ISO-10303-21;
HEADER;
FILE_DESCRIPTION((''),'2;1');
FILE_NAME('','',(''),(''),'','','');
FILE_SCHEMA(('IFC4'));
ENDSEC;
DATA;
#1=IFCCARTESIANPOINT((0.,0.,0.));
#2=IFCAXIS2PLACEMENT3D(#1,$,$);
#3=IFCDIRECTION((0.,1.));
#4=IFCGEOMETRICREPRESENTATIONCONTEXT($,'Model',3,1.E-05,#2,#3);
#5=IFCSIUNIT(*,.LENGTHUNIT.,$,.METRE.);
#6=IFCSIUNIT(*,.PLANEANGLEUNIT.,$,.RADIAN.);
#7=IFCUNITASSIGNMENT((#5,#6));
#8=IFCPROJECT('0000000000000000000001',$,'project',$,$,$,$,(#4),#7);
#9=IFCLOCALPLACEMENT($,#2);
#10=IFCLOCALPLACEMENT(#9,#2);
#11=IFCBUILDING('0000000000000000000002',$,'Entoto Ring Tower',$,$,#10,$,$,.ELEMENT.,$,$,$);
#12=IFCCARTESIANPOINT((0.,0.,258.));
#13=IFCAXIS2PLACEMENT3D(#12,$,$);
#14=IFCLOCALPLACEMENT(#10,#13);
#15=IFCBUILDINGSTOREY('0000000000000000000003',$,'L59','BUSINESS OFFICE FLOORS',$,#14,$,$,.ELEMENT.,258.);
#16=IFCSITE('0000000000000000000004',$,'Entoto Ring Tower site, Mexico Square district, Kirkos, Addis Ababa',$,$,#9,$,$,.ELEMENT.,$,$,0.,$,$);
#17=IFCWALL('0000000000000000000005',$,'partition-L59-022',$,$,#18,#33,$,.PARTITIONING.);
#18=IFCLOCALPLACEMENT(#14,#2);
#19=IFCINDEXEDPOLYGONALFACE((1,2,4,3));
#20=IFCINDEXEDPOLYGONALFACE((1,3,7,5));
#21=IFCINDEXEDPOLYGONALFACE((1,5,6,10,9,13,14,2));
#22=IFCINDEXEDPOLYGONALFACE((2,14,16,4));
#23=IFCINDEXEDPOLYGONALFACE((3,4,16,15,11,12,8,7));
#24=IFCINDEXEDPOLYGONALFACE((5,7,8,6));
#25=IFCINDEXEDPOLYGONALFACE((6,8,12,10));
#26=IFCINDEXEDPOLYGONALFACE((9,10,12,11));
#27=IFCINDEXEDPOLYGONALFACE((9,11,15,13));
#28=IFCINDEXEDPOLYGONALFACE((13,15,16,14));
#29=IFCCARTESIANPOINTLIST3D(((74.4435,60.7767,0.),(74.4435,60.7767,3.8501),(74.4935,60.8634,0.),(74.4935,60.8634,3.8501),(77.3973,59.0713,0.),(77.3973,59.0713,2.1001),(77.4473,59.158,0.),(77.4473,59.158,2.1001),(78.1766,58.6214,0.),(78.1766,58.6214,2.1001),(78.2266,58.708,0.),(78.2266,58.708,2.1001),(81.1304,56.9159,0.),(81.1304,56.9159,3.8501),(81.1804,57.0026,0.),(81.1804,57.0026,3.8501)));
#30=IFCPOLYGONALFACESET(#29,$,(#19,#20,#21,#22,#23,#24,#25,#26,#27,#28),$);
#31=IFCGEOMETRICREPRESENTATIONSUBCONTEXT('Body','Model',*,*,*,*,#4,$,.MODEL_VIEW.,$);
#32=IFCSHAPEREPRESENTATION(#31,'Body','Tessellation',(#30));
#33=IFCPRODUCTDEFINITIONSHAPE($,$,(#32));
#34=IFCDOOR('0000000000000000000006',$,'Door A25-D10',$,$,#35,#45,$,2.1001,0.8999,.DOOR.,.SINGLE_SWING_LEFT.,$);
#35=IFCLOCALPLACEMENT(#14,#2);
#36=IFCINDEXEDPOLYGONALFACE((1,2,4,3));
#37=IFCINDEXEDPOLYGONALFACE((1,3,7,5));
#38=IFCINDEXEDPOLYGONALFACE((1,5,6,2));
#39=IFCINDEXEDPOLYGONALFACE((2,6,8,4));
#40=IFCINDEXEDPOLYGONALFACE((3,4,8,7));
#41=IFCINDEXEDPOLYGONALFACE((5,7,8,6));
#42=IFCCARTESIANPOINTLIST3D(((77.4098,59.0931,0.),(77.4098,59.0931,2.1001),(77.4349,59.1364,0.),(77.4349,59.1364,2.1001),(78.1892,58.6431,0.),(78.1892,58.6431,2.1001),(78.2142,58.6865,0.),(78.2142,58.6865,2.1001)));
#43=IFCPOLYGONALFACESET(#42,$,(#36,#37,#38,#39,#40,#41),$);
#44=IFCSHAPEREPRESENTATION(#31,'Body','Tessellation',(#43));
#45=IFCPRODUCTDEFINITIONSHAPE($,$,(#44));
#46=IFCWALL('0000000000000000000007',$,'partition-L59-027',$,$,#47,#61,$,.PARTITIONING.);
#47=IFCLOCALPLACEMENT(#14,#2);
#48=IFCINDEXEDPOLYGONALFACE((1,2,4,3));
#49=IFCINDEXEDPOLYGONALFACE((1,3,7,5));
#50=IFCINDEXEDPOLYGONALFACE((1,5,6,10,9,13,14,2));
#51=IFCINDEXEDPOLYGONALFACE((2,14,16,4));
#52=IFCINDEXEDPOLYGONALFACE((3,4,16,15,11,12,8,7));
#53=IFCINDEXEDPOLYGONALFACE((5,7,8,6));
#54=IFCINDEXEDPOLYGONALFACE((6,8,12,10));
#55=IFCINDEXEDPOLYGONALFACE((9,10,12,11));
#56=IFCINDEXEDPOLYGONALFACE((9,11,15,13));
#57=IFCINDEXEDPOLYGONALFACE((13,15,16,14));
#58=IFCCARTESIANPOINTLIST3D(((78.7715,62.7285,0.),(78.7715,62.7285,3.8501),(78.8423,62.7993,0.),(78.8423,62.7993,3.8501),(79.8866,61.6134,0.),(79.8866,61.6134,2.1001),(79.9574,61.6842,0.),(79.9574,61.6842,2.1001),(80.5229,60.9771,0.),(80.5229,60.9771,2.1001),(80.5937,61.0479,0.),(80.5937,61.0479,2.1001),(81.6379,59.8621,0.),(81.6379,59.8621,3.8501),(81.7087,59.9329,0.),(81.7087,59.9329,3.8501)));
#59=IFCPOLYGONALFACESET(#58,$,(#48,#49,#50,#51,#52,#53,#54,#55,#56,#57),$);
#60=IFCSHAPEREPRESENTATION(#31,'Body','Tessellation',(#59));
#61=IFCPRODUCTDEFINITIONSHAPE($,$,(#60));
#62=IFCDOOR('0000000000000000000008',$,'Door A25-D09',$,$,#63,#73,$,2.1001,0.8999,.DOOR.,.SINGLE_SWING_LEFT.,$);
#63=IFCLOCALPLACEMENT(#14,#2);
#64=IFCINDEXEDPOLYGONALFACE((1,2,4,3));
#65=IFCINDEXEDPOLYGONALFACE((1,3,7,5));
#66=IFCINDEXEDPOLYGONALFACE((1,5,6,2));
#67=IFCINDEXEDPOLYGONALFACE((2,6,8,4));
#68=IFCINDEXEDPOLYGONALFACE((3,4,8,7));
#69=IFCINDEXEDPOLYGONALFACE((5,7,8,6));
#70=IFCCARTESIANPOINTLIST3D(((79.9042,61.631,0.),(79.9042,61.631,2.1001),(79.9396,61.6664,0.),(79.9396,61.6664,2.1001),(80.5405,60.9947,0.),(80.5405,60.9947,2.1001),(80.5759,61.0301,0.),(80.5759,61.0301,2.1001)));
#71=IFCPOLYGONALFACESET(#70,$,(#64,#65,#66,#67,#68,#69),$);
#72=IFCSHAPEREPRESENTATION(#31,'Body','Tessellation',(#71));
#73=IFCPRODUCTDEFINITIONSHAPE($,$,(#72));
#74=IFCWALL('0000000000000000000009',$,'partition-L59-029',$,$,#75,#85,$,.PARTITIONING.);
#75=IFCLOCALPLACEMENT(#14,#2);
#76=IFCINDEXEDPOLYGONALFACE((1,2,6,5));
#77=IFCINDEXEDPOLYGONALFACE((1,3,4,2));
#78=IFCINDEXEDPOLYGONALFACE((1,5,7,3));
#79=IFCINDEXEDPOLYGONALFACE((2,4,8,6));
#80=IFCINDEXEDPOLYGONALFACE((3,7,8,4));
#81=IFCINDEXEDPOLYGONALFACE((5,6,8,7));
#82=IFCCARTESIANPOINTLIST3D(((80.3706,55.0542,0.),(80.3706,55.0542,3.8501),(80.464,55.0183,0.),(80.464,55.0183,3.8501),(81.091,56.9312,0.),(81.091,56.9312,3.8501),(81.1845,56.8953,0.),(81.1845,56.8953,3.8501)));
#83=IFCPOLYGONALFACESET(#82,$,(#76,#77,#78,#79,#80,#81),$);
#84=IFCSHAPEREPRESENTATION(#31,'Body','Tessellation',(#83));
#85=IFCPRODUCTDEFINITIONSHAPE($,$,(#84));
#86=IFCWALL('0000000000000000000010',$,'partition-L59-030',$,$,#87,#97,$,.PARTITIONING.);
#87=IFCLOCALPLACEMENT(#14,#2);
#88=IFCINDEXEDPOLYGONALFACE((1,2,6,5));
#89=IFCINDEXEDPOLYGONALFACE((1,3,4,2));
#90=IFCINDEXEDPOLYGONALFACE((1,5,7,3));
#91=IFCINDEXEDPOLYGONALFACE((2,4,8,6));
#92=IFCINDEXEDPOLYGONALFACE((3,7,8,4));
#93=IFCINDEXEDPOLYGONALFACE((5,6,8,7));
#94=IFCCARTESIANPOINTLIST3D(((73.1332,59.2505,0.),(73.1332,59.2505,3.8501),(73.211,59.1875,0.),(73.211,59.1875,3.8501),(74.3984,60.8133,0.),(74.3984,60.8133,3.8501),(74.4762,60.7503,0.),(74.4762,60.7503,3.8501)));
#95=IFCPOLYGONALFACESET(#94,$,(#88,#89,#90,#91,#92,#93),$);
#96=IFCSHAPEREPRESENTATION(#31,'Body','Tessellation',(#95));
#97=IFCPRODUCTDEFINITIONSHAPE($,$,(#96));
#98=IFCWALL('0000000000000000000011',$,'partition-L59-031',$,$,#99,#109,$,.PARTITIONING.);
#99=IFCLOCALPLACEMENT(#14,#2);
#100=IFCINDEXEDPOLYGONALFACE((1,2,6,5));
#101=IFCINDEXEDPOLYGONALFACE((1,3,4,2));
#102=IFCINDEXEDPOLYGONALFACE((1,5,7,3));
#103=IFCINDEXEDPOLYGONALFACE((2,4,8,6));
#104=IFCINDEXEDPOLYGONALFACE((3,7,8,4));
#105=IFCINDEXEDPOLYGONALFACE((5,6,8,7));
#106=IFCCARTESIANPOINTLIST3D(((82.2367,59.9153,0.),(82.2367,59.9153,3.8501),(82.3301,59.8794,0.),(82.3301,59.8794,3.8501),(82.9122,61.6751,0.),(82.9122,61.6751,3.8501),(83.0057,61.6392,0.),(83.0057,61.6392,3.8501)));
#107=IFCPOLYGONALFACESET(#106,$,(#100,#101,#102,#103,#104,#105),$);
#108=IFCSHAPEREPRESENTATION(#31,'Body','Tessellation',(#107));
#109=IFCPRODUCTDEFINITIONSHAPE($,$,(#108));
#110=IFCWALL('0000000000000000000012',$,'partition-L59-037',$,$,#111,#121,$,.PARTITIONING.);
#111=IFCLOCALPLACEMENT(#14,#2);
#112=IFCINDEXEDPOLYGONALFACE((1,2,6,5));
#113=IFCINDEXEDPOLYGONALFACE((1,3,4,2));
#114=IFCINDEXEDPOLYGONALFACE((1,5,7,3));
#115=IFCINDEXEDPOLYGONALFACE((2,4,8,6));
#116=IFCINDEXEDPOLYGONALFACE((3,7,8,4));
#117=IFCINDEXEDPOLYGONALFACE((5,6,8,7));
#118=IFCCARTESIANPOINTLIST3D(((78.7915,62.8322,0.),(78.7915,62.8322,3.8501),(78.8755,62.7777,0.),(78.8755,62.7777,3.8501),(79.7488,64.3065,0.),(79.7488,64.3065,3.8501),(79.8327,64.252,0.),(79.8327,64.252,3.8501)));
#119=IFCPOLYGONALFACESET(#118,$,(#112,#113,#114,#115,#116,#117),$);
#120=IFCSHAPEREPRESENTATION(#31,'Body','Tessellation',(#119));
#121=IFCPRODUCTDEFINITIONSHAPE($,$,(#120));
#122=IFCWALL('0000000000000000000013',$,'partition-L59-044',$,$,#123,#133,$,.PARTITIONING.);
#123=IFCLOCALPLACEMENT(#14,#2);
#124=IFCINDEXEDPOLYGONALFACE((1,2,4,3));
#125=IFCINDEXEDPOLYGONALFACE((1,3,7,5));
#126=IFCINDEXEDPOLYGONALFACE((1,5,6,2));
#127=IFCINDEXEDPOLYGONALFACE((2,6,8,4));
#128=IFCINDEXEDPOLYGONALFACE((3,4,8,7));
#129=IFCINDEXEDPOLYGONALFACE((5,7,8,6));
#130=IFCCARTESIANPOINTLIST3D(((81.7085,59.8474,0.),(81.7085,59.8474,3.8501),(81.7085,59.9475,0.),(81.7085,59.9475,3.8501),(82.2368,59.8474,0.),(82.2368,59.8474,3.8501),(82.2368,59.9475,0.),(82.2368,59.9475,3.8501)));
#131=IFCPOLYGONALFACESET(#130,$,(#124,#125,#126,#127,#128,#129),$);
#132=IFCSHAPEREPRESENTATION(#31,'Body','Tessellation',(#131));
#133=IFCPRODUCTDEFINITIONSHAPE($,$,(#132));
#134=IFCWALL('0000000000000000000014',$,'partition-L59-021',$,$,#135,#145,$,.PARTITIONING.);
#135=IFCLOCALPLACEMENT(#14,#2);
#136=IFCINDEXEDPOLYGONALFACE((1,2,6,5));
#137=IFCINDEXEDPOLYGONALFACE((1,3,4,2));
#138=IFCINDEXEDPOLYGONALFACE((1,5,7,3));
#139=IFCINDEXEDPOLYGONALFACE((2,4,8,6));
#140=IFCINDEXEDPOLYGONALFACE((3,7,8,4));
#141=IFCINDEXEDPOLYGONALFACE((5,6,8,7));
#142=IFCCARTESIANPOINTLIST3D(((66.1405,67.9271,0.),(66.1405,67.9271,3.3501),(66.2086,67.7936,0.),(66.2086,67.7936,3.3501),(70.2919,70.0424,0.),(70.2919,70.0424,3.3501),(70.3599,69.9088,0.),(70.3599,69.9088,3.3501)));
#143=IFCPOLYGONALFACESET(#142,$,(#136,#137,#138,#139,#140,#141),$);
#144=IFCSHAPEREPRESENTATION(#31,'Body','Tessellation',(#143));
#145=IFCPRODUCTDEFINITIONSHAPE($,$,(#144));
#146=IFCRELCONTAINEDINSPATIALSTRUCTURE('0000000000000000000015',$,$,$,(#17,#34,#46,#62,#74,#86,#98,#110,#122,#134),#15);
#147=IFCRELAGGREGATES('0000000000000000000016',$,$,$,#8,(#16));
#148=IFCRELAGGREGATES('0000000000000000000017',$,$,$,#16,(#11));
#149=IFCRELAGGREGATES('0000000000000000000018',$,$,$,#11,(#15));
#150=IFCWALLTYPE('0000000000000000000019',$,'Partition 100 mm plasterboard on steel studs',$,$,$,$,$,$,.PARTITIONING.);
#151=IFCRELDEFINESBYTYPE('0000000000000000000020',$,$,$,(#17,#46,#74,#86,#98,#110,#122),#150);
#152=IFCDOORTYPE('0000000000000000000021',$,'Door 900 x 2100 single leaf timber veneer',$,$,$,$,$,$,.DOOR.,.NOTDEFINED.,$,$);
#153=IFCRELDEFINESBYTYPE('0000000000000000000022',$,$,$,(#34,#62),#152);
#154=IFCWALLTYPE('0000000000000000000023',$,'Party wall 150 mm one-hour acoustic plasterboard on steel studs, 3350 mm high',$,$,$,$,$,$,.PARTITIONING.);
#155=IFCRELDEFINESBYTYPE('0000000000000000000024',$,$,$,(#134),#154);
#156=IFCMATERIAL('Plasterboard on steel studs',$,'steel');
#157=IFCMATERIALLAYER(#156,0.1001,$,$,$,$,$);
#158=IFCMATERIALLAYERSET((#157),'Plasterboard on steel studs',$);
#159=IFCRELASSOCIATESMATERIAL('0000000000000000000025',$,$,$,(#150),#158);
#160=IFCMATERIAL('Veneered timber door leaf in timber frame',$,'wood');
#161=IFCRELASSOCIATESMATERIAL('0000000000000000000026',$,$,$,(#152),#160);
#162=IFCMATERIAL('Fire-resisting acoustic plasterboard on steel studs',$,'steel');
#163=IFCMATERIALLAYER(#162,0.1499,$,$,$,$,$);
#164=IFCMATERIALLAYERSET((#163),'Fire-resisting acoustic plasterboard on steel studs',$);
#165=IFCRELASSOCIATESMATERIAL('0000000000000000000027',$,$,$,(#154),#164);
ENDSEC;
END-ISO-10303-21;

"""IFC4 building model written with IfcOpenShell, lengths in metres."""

from ifc_helpers import new_model, si_unit, direction, frame, frame_2d, origin, place, context, subcontext, project, spatial, rectangle, extrude, material, layer, layer_set, type_object, element, fill, save


model = new_model("IFC4")

# Units and contexts
model_context = context("Model", 3, precision=1e-05, world=origin(), true_north=direction((0.0, 1.0)))
body_context = subcontext(model_context, "Body", "Model", "MODEL_VIEW")
ifc_project = project(units=[si_unit("LENGTHUNIT", "METRE"), si_unit("PLANEANGLEUNIT", "RADIAN")], contexts=[model_context])

# Site, building, storey
site_placement = place(None, origin())
site = spatial("IfcSite", under=ifc_project, at=site_placement, Name="Entoto Ring Tower site, Mexico Square district, Kirkos, Addis Ababa", CompositionType="ELEMENT", RefElevation=0.0)
building_placement = place(site_placement, origin())
building = spatial("IfcBuilding", under=site, at=building_placement, Name="Entoto Ring Tower", CompositionType="ELEMENT")
storey_placement = place(building_placement, frame((0.0, 0.0, 258.0)))
storey = spatial("IfcBuildingStorey", under=building, at=storey_placement, Name="L59", Description="BUSINESS OFFICE FLOORS", CompositionType="ELEMENT", Elevation=258.0)

# Walls, openings, doors
ifc_material_1 = material(Name="Plasterboard on steel studs", Category="steel")
ifc_layer_1 = layer(ifc_material_1, 0.1001)
ifc_layer_set_1 = layer_set([ifc_layer_1], Name="Plasterboard on steel studs")
wall_type_1 = type_object("IfcWallType", Name="Partition 100 mm plasterboard on steel studs", PredefinedType="PARTITIONING", material=ifc_layer_set_1)
wall_1_placement = place(storey_placement, frame((81.1555, 56.9592, 0.0), z_axis=(0.0, 0.0, 1.0), x_axis=(-0.86602, 0.500009, 0.0)))
wall_1 = element("IfcWall", 1, at=wall_1_placement, inside=storey, type_object=wall_type_1, Name="partition-L59-022", PredefinedType="PARTITIONING", context=body_context, shape_type="SweptSolid", body=[
    extrude(rectangle(XDim=7.7214, YDim=0.1001, at=frame_2d((3.8608, 0.0))), origin(), (0.0, 0.0, 1.0), 3.8501),
])
opening_1_placement = place(wall_1_placement, frame((3.4109, 0.0, 0.0)))
opening_1 = element("IfcOpeningElement", 2, at=opening_1_placement, cuts=wall_1, PredefinedType="OPENING", context=body_context, shape_type="SweptSolid", body=[
    extrude(rectangle(XDim=0.8999, YDim=2.1001, at=frame_2d((0.45, 1.05))), frame((0.0, 0.0601, 0.0), z_axis=(0.0, -1.0, 0.0), x_axis=(1.0, 0.0, 0.0)), (0.0, 0.0, 1.0), 0.1201),
])
ifc_material_2 = material(Name="Veneered timber door leaf in timber frame", Category="wood")
door_type_1 = type_object("IfcDoorType", Name="Door 900 x 2100 single leaf timber veneer", OperationType="NOTDEFINED", PredefinedType="DOOR", material=ifc_material_2)
door_1_placement = place(opening_1_placement, origin())
door_1 = element("IfcDoor", 3, at=door_1_placement, inside=storey, type_object=door_type_1, Name="Door A25-D10", OperationType="SINGLE_SWING_LEFT", OverallHeight=2.1001, OverallWidth=0.8999, PredefinedType="DOOR", context=body_context, shape_type="SweptSolid", body=[
    extrude(rectangle(XDim=0.8999, YDim=2.1001, at=frame_2d((0.45, 1.05))), frame((0.0, 0.0249, 0.0), z_axis=(0.0, -1.0, 0.0), x_axis=(1.0, 0.0, 0.0)), (0.0, 0.0, 1.0), 0.05),
])
fill(opening_1, door_1)
wall_2_placement = place(storey_placement, frame((81.6733, 59.8975, 0.0), z_axis=(0.0, 0.0, 1.0), x_axis=(-0.707107, 0.707107, 0.0)))
wall_2 = element("IfcWall", 4, at=wall_2_placement, inside=storey, type_object=wall_type_1, Name="partition-L59-027", PredefinedType="PARTITIONING", context=body_context, shape_type="SweptSolid", body=[
    extrude(rectangle(XDim=4.0537, YDim=0.1001, at=frame_2d((2.0269, 0.0))), origin(), (0.0, 0.0, 1.0), 3.8501),
])
opening_2_placement = place(wall_2_placement, frame((1.5769, 0.0, 0.0)))
opening_2 = element("IfcOpeningElement", 5, at=opening_2_placement, cuts=wall_2, PredefinedType="OPENING", context=body_context, shape_type="SweptSolid", body=[
    extrude(rectangle(XDim=0.8999, YDim=2.1001, at=frame_2d((0.45, 1.05))), frame((0.0, 0.0601, 0.0), z_axis=(0.0, -1.0, 0.0), x_axis=(1.0, 0.0, 0.0)), (0.0, 0.0, 1.0), 0.1201),
])
door_2_placement = place(opening_2_placement, frame((0.8999, 0.0, 0.0), z_axis=(0.0, 0.0, 1.0), x_axis=(-1.0, 0.0, 0.0)))
door_2 = element("IfcDoor", 6, at=door_2_placement, inside=storey, type_object=door_type_1, Name="Door A25-D09", OperationType="SINGLE_SWING_LEFT", OverallHeight=2.1001, OverallWidth=0.8999, PredefinedType="DOOR", context=body_context, shape_type="SweptSolid", body=[
    extrude(rectangle(XDim=0.8999, YDim=2.1001, at=frame_2d((0.45, 1.05))), frame((0.0, 0.0249, 0.0), z_axis=(0.0, -1.0, 0.0), x_axis=(1.0, 0.0, 0.0)), (0.0, 0.0, 1.0), 0.05),
])
fill(opening_2, door_2)

# Walls
wall_3_placement = place(storey_placement, frame((80.4172, 55.0361, 0.0), z_axis=(0.0, 0.0, 1.0), x_axis=(0.358352, 0.933586, 0.0)))
element("IfcWall", 7, at=wall_3_placement, inside=storey, type_object=wall_type_1, Name="partition-L59-029", PredefinedType="PARTITIONING", context=body_context, shape_type="SweptSolid", body=[
    extrude(rectangle(XDim=2.0105, YDim=0.1001, at=frame_2d((1.0054, 0.0))), origin(), (0.0, 0.0, 1.0), 3.8501),
])
wall_4_placement = place(storey_placement, frame((73.1721, 59.219, 0.0), z_axis=(0.0, 0.0, 1.0), x_axis=(0.629216, 0.777231, 0.0)))
element("IfcWall", 8, at=wall_4_placement, inside=storey, type_object=wall_type_1, Name="partition-L59-030", PredefinedType="PARTITIONING", context=body_context, shape_type="SweptSolid", body=[
    extrude(rectangle(XDim=2.0107, YDim=0.1001, at=frame_2d((1.0054, 0.0))), origin(), (0.0, 0.0, 1.0), 3.8501),
])
wall_5_placement = place(storey_placement, frame((82.2834, 59.8975, 0.0), z_axis=(0.0, 0.0, 1.0), x_axis=(0.35838, 0.933576, 0.0)))
element("IfcWall", 9, at=wall_5_placement, inside=storey, type_object=wall_type_1, Name="partition-L59-031", PredefinedType="PARTITIONING", context=body_context, shape_type="SweptSolid", body=[
    extrude(rectangle(XDim=1.885, YDim=0.1001, at=frame_2d((0.9424, 0.0))), origin(), (0.0, 0.0, 1.0), 3.8501),
])
wall_6_placement = place(storey_placement, frame((78.8335, 62.8049, 0.0), z_axis=(0.0, 0.0, 1.0), x_axis=(0.544564, 0.83872, 0.0)))
element("IfcWall", 10, at=wall_6_placement, inside=storey, type_object=wall_type_1, Name="partition-L59-037", PredefinedType="PARTITIONING", context=body_context, shape_type="SweptSolid", body=[
    extrude(rectangle(XDim=1.7578, YDim=0.1001, at=frame_2d((0.8789, 0.0))), origin(), (0.0, 0.0, 1.0), 3.8501),
])
wall_7_placement = place(storey_placement, frame((81.7085, 59.8975, 0.0), z_axis=(0.0, 0.0, 1.0), x_axis=(1.0, 0.0, 0.0)))
element("IfcWall", 11, at=wall_7_placement, inside=storey, type_object=wall_type_1, Name="partition-L59-044", PredefinedType="PARTITIONING", context=body_context, shape_type="SweptSolid", body=[
    extrude(rectangle(XDim=0.5283, YDim=0.1001, at=frame_2d((0.2642, 0.0))), origin(), (0.0, 0.0, 1.0), 3.8501),
])
ifc_material_3 = material(Name="Fire-resisting acoustic plasterboard on steel studs", Category="steel")
ifc_layer_2 = layer(ifc_material_3, 0.1499)
ifc_layer_set_2 = layer_set([ifc_layer_2], Name="Fire-resisting acoustic plasterboard on steel studs")
wall_type_2 = type_object("IfcWallType", Name="Party wall 150 mm one-hour acoustic plasterboard on steel studs, 3350 mm high", PredefinedType="PARTITIONING", material=ifc_layer_set_2)
wall_8_placement = place(storey_placement, frame((66.1746, 67.8604, 0.0), z_axis=(0.0, 0.0, 1.0), x_axis=(0.891006, 0.453992, 0.0)))
element("IfcWall", 12, at=wall_8_placement, inside=storey, type_object=wall_type_2, Name="partition-L59-021", PredefinedType="PARTITIONING", context=body_context, shape_type="SweptSolid", body=[
    extrude(rectangle(XDim=4.6592, YDim=0.1499, at=frame_2d((2.3296, 0.0))), origin(), (0.0, 0.0, 1.0), 3.3501),
])

save(model, "model.ifc")
